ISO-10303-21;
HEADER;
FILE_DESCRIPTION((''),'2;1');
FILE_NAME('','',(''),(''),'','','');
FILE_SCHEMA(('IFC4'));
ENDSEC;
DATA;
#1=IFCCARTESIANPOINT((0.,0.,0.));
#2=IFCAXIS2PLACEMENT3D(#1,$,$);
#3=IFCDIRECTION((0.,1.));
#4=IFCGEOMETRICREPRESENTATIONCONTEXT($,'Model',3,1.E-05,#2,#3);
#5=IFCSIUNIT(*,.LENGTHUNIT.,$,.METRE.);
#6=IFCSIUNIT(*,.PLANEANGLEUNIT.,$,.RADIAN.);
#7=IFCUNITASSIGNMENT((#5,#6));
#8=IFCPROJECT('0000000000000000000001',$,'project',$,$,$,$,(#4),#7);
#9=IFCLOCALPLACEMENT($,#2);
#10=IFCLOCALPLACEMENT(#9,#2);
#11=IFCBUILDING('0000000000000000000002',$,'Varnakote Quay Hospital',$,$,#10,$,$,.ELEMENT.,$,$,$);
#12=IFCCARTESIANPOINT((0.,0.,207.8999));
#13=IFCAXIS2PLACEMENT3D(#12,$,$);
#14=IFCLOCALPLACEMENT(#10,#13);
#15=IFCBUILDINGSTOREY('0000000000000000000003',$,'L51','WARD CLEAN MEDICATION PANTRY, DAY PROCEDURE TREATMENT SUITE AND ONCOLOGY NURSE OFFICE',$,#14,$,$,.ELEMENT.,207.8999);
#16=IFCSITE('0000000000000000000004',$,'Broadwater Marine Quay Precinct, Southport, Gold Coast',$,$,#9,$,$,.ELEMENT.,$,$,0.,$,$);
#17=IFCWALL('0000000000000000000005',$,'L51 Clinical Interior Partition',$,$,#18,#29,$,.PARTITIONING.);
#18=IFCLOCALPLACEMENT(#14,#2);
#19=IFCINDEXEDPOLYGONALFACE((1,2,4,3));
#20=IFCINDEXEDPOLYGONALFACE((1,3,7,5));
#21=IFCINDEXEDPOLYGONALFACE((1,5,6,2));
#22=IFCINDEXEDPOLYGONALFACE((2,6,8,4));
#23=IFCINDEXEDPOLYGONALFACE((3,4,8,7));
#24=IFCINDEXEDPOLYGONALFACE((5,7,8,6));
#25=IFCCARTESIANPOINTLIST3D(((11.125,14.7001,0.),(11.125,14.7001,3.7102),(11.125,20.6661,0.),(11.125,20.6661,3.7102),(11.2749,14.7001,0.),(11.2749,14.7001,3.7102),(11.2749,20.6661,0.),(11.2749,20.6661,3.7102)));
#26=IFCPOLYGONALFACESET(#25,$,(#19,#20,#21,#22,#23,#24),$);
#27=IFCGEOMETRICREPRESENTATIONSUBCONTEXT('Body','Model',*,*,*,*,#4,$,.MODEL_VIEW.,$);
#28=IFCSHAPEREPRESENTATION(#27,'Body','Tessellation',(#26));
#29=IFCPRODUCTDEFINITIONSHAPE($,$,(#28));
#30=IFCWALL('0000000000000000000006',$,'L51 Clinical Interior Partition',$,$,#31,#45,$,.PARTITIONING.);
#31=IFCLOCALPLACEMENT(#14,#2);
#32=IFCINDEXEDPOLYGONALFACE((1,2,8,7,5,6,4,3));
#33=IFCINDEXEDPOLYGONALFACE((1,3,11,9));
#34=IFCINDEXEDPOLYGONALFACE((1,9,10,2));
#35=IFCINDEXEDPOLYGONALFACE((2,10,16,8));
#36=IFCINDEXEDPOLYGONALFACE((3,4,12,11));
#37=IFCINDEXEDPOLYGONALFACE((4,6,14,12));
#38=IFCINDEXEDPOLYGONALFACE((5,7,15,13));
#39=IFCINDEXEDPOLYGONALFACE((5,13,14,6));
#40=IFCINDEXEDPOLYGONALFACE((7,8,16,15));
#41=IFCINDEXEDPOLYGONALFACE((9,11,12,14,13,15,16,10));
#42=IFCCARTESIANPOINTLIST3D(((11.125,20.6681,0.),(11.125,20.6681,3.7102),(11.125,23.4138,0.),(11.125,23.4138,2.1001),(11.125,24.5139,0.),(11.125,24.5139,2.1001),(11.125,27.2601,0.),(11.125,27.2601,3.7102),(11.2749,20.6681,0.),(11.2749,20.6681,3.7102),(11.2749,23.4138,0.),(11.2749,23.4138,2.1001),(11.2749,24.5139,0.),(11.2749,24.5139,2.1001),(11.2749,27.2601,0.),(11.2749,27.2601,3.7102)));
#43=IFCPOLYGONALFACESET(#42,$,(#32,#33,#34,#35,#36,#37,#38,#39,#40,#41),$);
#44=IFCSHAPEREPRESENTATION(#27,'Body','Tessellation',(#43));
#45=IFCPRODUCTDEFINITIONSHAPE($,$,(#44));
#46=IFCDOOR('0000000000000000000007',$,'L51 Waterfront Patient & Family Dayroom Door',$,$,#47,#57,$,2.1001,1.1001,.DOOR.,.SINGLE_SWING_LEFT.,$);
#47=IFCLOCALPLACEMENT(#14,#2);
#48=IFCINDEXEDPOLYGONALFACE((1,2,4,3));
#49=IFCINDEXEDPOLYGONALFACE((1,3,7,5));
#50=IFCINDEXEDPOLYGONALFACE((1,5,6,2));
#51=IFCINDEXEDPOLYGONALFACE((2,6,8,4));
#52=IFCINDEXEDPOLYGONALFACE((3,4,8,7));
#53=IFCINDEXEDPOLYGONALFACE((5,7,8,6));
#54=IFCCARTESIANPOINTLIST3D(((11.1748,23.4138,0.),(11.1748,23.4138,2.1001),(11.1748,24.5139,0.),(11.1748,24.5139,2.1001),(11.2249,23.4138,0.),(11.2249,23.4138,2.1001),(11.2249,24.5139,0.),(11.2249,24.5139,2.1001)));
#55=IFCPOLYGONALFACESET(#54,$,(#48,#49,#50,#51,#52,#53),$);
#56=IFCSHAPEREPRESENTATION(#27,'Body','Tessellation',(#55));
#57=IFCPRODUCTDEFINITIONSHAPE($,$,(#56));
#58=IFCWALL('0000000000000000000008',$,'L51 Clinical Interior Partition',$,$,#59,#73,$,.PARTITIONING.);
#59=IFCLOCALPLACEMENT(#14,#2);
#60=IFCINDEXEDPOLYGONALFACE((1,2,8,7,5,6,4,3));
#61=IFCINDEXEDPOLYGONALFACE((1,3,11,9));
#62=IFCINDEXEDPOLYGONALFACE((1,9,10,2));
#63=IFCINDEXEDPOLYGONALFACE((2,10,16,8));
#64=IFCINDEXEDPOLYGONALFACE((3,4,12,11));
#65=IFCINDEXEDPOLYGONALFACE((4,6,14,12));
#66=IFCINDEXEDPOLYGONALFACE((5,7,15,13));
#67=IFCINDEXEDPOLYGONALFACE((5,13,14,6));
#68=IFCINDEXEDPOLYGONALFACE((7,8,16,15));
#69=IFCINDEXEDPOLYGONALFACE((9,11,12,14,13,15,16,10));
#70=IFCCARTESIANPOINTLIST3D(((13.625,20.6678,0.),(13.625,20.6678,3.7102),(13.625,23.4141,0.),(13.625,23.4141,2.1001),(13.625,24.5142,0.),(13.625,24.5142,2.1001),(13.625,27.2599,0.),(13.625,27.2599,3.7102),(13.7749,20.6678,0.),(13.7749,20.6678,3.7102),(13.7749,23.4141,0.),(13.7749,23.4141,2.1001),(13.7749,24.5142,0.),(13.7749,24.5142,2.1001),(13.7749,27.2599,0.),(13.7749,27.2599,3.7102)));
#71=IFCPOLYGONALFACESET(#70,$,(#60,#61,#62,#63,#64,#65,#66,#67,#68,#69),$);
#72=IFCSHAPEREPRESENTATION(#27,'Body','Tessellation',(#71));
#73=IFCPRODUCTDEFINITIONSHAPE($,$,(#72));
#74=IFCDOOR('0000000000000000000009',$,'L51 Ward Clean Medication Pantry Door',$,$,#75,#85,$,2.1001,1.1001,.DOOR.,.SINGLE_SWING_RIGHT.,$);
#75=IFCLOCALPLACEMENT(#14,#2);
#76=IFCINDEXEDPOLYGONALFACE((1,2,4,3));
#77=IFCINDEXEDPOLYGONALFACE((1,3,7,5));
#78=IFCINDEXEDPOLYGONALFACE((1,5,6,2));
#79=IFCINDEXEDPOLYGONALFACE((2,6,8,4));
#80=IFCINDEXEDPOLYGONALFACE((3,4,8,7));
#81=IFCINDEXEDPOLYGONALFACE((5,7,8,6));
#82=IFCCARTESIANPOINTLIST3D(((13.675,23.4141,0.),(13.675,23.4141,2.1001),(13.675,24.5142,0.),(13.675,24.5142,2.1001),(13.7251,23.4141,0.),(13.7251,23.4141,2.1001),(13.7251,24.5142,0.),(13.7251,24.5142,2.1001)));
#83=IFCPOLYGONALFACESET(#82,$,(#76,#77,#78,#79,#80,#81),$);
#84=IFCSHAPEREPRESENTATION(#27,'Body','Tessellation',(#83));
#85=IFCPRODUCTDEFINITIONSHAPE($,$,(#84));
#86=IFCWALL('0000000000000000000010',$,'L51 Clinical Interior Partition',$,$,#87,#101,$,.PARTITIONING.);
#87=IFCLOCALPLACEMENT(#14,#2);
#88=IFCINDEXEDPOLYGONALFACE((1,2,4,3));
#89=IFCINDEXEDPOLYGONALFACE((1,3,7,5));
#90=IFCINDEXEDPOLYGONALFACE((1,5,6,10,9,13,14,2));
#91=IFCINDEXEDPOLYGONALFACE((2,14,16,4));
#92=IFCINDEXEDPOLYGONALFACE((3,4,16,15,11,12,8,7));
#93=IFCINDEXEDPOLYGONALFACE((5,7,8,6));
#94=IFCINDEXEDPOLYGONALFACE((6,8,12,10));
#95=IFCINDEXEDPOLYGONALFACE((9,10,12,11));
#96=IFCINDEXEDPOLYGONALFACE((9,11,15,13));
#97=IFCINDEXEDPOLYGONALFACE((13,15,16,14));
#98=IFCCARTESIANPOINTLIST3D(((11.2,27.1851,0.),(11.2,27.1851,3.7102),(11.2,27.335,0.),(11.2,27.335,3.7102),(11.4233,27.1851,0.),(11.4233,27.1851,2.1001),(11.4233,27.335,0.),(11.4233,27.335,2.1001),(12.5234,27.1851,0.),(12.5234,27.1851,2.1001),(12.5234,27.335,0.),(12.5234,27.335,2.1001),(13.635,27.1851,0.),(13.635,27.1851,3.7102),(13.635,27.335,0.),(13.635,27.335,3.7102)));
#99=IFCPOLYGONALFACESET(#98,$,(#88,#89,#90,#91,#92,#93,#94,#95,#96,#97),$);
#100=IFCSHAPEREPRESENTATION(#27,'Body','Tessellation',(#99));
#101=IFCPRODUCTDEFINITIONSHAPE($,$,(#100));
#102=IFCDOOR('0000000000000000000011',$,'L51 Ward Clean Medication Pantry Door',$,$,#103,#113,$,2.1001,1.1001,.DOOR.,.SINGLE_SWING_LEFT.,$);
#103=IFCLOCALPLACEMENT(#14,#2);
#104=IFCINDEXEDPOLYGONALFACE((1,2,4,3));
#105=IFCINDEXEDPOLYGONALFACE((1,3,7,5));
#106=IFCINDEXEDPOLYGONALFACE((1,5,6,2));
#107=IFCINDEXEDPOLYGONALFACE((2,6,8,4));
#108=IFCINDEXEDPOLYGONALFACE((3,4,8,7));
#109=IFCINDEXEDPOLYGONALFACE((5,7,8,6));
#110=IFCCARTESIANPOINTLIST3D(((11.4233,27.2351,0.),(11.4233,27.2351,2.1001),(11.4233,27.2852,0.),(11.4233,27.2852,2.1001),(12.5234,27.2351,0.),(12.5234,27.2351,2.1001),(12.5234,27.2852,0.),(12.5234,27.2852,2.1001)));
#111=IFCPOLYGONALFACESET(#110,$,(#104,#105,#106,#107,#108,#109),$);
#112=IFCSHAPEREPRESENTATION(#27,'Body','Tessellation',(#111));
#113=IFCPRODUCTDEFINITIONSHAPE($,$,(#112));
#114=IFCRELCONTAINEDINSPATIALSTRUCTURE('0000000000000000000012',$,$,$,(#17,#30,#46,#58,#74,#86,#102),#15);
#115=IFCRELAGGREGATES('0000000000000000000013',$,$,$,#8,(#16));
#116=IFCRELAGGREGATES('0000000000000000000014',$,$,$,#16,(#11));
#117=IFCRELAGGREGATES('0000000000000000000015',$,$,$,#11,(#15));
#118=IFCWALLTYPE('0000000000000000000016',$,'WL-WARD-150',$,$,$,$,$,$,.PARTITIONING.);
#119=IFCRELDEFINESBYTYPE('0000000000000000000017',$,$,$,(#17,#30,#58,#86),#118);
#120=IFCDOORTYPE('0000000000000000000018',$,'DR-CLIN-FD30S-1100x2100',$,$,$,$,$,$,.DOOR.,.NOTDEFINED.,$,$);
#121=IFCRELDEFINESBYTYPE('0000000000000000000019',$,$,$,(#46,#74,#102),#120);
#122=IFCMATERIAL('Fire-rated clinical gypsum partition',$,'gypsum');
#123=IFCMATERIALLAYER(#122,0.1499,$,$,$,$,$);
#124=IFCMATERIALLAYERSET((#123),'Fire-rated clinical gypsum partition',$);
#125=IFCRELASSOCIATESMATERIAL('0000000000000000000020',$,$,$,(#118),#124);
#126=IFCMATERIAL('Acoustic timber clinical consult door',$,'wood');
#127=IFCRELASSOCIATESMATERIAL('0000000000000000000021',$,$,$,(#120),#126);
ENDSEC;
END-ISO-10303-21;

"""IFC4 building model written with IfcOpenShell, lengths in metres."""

from ifc_helpers import new_model, si_unit, direction, frame, frame_2d, origin, place, context, subcontext, project, spatial, rectangle, extrude, material, layer, layer_set, type_object, element, fill, save


model = new_model("IFC4")

# Units and contexts
model_context = context("Model", 3, precision=1e-05, world=origin(), true_north=direction((0.0, 1.0)))
body_context = subcontext(model_context, "Body", "Model", "MODEL_VIEW")
ifc_project = project(units=[si_unit("LENGTHUNIT", "METRE"), si_unit("PLANEANGLEUNIT", "RADIAN")], contexts=[model_context])

# Site, building, storey
site_placement = place(None, origin())
site = spatial("IfcSite", under=ifc_project, at=site_placement, Name="Broadwater Marine Quay Precinct, Southport, Gold Coast", CompositionType="ELEMENT", RefElevation=0.0)
building_placement = place(site_placement, origin())
building = spatial("IfcBuilding", under=site, at=building_placement, Name="Varnakote Quay Hospital", CompositionType="ELEMENT")
storey_placement = place(building_placement, frame((0.0, 0.0, 207.8999)))
storey = spatial("IfcBuildingStorey", under=building, at=storey_placement, Name="L51", Description="WARD CLEAN MEDICATION PANTRY, DAY PROCEDURE TREATMENT SUITE AND ONCOLOGY NURSE OFFICE", CompositionType="ELEMENT", Elevation=207.8999)

# Wall
ifc_material_1 = material(Name="Fire-rated clinical gypsum partition", Category="gypsum")
ifc_layer_1 = layer(ifc_material_1, 0.1499)
ifc_layer_set_1 = layer_set([ifc_layer_1], Name="Fire-rated clinical gypsum partition")
wall_type_1 = type_object("IfcWallType", Name="WL-WARD-150", PredefinedType="PARTITIONING", material=ifc_layer_set_1)
wall_1_placement = place(storey_placement, frame((11.2, 20.666, 0.0), z_axis=(0.0, 0.0, 1.0), x_axis=(0.0, -1.0, 0.0)))
element("IfcWall", 1, at=wall_1_placement, inside=storey, type_object=wall_type_1, Name="L51 Clinical Interior Partition", PredefinedType="PARTITIONING", context=body_context, shape_type="SweptSolid", body=[
    extrude(rectangle(XDim=5.9661, YDim=0.1499, at=frame_2d((2.9829, 0.0))), origin(), (0.0, 0.0, 1.0), 3.7102),
])

# Walls, openings, doors
wall_2_placement = place(storey_placement, frame((11.2, 27.26, 0.0), z_axis=(0.0, 0.0, 1.0), x_axis=(0.0, -1.0, 0.0)))
wall_2 = element("IfcWall", 2, at=wall_2_placement, inside=storey, type_object=wall_type_1, Name="L51 Clinical Interior Partition", PredefinedType="PARTITIONING", context=body_context, shape_type="SweptSolid", body=[
    extrude(rectangle(XDim=6.592, YDim=0.1499, at=frame_2d((3.2959, 0.0))), origin(), (0.0, 0.0, 1.0), 3.7102),
])
opening_1_placement = place(wall_2_placement, frame((2.7461, 0.0, 0.0)))
opening_1 = element("IfcOpeningElement", 3, at=opening_1_placement, cuts=wall_2, PredefinedType="OPENING", context=body_context, shape_type="SweptSolid", body=[
    extrude(rectangle(XDim=1.1001, YDim=2.1001, at=frame_2d((0.55, 1.05))), frame((0.0, 0.085, 0.0), z_axis=(0.0, -1.0, 0.0), x_axis=(1.0, 0.0, 0.0)), (0.0, 0.0, 1.0), 0.1699),
])
ifc_material_2 = material(Name="Acoustic timber clinical consult door", Category="wood")
door_type = type_object("IfcDoorType", Name="DR-CLIN-FD30S-1100x2100", OperationType="NOTDEFINED", PredefinedType="DOOR", material=ifc_material_2)
door_1_placement = place(opening_1_placement, origin())
door_1 = element("IfcDoor", 4, at=door_1_placement, inside=storey, type_object=door_type, Name="L51 Waterfront Patient & Family Dayroom Door", OperationType="SINGLE_SWING_LEFT", OverallHeight=2.1001, OverallWidth=1.1001, PredefinedType="DOOR", context=body_context, shape_type="SweptSolid", body=[
    extrude(rectangle(XDim=1.1001, YDim=2.1001, at=frame_2d((0.55, 1.05))), frame((0.0, 0.0249, 0.0), z_axis=(0.0, -1.0, 0.0), x_axis=(1.0, 0.0, 0.0)), (0.0, 0.0, 1.0), 0.05),
])
fill(opening_1, door_1)
wall_3_placement = place(storey_placement, frame((13.7, 20.668, 0.0), z_axis=(0.0, 0.0, 1.0), x_axis=(0.0, 1.0, 0.0)))
wall_3 = element("IfcWall", 5, at=wall_3_placement, inside=storey, type_object=wall_type_1, Name="L51 Clinical Interior Partition", PredefinedType="PARTITIONING", context=body_context, shape_type="SweptSolid", body=[
    extrude(rectangle(XDim=6.592, YDim=0.1499, at=frame_2d((3.2959, 0.0))), origin(), (0.0, 0.0, 1.0), 3.7102),
])
opening_2_placement = place(wall_3_placement, frame((2.7461, 0.0, 0.0)))
opening_2 = element("IfcOpeningElement", 6, at=opening_2_placement, cuts=wall_3, PredefinedType="OPENING", context=body_context, shape_type="SweptSolid", body=[
    extrude(rectangle(XDim=1.1001, YDim=2.1001, at=frame_2d((0.55, 1.05))), frame((0.0, 0.085, 0.0), z_axis=(0.0, -1.0, 0.0), x_axis=(1.0, 0.0, 0.0)), (0.0, 0.0, 1.0), 0.1699),
])
door_2_placement = place(opening_2_placement, origin())
door_2 = element("IfcDoor", 7, at=door_2_placement, inside=storey, type_object=door_type, Name="L51 Ward Clean Medication Pantry Door", OperationType="SINGLE_SWING_RIGHT", OverallHeight=2.1001, OverallWidth=1.1001, PredefinedType="DOOR", context=body_context, shape_type="SweptSolid", body=[
    extrude(rectangle(XDim=1.1001, YDim=2.1001, at=frame_2d((0.55, 1.05))), frame((0.0, 0.0249, 0.0), z_axis=(0.0, -1.0, 0.0), x_axis=(1.0, 0.0, 0.0)), (0.0, 0.0, 1.0), 0.05),
])
fill(opening_2, door_2)
wall_4_placement = place(storey_placement, frame((13.635, 27.26, 0.0), z_axis=(0.0, 0.0, 1.0), x_axis=(-1.0, 0.0, 0.0)))
wall_4 = element("IfcWall", 8, at=wall_4_placement, inside=storey, type_object=wall_type_1, Name="L51 Clinical Interior Partition", PredefinedType="PARTITIONING", context=body_context, shape_type="SweptSolid", body=[
    extrude(rectangle(XDim=2.4351, YDim=0.1499, at=frame_2d((1.2175, 0.0))), origin(), (0.0, 0.0, 1.0), 3.7102),
])
opening_3_placement = place(wall_4_placement, frame((1.1116, 0.0, 0.0)))
opening_3 = element("IfcOpeningElement", 9, at=opening_3_placement, cuts=wall_4, PredefinedType="OPENING", context=body_context, shape_type="SweptSolid", body=[
    extrude(rectangle(XDim=1.1001, YDim=2.1001, at=frame_2d((0.55, 1.05))), frame((0.0, 0.085, 0.0), z_axis=(0.0, -1.0, 0.0), x_axis=(1.0, 0.0, 0.0)), (0.0, 0.0, 1.0), 0.1699),
])
door_3_placement = place(opening_3_placement, origin())
door_3 = element("IfcDoor", 10, at=door_3_placement, inside=storey, type_object=door_type, Name="L51 Ward Clean Medication Pantry Door", OperationType="SINGLE_SWING_LEFT", OverallHeight=2.1001, OverallWidth=1.1001, PredefinedType="DOOR", context=body_context, shape_type="SweptSolid", body=[
    extrude(rectangle(XDim=1.1001, YDim=2.1001, at=frame_2d((0.55, 1.05))), frame((0.0, 0.0249, 0.0), z_axis=(0.0, -1.0, 0.0), x_axis=(1.0, 0.0, 0.0)), (0.0, 0.0, 1.0), 0.05),
])
fill(opening_3, door_3)

save(model, "model.ifc")
